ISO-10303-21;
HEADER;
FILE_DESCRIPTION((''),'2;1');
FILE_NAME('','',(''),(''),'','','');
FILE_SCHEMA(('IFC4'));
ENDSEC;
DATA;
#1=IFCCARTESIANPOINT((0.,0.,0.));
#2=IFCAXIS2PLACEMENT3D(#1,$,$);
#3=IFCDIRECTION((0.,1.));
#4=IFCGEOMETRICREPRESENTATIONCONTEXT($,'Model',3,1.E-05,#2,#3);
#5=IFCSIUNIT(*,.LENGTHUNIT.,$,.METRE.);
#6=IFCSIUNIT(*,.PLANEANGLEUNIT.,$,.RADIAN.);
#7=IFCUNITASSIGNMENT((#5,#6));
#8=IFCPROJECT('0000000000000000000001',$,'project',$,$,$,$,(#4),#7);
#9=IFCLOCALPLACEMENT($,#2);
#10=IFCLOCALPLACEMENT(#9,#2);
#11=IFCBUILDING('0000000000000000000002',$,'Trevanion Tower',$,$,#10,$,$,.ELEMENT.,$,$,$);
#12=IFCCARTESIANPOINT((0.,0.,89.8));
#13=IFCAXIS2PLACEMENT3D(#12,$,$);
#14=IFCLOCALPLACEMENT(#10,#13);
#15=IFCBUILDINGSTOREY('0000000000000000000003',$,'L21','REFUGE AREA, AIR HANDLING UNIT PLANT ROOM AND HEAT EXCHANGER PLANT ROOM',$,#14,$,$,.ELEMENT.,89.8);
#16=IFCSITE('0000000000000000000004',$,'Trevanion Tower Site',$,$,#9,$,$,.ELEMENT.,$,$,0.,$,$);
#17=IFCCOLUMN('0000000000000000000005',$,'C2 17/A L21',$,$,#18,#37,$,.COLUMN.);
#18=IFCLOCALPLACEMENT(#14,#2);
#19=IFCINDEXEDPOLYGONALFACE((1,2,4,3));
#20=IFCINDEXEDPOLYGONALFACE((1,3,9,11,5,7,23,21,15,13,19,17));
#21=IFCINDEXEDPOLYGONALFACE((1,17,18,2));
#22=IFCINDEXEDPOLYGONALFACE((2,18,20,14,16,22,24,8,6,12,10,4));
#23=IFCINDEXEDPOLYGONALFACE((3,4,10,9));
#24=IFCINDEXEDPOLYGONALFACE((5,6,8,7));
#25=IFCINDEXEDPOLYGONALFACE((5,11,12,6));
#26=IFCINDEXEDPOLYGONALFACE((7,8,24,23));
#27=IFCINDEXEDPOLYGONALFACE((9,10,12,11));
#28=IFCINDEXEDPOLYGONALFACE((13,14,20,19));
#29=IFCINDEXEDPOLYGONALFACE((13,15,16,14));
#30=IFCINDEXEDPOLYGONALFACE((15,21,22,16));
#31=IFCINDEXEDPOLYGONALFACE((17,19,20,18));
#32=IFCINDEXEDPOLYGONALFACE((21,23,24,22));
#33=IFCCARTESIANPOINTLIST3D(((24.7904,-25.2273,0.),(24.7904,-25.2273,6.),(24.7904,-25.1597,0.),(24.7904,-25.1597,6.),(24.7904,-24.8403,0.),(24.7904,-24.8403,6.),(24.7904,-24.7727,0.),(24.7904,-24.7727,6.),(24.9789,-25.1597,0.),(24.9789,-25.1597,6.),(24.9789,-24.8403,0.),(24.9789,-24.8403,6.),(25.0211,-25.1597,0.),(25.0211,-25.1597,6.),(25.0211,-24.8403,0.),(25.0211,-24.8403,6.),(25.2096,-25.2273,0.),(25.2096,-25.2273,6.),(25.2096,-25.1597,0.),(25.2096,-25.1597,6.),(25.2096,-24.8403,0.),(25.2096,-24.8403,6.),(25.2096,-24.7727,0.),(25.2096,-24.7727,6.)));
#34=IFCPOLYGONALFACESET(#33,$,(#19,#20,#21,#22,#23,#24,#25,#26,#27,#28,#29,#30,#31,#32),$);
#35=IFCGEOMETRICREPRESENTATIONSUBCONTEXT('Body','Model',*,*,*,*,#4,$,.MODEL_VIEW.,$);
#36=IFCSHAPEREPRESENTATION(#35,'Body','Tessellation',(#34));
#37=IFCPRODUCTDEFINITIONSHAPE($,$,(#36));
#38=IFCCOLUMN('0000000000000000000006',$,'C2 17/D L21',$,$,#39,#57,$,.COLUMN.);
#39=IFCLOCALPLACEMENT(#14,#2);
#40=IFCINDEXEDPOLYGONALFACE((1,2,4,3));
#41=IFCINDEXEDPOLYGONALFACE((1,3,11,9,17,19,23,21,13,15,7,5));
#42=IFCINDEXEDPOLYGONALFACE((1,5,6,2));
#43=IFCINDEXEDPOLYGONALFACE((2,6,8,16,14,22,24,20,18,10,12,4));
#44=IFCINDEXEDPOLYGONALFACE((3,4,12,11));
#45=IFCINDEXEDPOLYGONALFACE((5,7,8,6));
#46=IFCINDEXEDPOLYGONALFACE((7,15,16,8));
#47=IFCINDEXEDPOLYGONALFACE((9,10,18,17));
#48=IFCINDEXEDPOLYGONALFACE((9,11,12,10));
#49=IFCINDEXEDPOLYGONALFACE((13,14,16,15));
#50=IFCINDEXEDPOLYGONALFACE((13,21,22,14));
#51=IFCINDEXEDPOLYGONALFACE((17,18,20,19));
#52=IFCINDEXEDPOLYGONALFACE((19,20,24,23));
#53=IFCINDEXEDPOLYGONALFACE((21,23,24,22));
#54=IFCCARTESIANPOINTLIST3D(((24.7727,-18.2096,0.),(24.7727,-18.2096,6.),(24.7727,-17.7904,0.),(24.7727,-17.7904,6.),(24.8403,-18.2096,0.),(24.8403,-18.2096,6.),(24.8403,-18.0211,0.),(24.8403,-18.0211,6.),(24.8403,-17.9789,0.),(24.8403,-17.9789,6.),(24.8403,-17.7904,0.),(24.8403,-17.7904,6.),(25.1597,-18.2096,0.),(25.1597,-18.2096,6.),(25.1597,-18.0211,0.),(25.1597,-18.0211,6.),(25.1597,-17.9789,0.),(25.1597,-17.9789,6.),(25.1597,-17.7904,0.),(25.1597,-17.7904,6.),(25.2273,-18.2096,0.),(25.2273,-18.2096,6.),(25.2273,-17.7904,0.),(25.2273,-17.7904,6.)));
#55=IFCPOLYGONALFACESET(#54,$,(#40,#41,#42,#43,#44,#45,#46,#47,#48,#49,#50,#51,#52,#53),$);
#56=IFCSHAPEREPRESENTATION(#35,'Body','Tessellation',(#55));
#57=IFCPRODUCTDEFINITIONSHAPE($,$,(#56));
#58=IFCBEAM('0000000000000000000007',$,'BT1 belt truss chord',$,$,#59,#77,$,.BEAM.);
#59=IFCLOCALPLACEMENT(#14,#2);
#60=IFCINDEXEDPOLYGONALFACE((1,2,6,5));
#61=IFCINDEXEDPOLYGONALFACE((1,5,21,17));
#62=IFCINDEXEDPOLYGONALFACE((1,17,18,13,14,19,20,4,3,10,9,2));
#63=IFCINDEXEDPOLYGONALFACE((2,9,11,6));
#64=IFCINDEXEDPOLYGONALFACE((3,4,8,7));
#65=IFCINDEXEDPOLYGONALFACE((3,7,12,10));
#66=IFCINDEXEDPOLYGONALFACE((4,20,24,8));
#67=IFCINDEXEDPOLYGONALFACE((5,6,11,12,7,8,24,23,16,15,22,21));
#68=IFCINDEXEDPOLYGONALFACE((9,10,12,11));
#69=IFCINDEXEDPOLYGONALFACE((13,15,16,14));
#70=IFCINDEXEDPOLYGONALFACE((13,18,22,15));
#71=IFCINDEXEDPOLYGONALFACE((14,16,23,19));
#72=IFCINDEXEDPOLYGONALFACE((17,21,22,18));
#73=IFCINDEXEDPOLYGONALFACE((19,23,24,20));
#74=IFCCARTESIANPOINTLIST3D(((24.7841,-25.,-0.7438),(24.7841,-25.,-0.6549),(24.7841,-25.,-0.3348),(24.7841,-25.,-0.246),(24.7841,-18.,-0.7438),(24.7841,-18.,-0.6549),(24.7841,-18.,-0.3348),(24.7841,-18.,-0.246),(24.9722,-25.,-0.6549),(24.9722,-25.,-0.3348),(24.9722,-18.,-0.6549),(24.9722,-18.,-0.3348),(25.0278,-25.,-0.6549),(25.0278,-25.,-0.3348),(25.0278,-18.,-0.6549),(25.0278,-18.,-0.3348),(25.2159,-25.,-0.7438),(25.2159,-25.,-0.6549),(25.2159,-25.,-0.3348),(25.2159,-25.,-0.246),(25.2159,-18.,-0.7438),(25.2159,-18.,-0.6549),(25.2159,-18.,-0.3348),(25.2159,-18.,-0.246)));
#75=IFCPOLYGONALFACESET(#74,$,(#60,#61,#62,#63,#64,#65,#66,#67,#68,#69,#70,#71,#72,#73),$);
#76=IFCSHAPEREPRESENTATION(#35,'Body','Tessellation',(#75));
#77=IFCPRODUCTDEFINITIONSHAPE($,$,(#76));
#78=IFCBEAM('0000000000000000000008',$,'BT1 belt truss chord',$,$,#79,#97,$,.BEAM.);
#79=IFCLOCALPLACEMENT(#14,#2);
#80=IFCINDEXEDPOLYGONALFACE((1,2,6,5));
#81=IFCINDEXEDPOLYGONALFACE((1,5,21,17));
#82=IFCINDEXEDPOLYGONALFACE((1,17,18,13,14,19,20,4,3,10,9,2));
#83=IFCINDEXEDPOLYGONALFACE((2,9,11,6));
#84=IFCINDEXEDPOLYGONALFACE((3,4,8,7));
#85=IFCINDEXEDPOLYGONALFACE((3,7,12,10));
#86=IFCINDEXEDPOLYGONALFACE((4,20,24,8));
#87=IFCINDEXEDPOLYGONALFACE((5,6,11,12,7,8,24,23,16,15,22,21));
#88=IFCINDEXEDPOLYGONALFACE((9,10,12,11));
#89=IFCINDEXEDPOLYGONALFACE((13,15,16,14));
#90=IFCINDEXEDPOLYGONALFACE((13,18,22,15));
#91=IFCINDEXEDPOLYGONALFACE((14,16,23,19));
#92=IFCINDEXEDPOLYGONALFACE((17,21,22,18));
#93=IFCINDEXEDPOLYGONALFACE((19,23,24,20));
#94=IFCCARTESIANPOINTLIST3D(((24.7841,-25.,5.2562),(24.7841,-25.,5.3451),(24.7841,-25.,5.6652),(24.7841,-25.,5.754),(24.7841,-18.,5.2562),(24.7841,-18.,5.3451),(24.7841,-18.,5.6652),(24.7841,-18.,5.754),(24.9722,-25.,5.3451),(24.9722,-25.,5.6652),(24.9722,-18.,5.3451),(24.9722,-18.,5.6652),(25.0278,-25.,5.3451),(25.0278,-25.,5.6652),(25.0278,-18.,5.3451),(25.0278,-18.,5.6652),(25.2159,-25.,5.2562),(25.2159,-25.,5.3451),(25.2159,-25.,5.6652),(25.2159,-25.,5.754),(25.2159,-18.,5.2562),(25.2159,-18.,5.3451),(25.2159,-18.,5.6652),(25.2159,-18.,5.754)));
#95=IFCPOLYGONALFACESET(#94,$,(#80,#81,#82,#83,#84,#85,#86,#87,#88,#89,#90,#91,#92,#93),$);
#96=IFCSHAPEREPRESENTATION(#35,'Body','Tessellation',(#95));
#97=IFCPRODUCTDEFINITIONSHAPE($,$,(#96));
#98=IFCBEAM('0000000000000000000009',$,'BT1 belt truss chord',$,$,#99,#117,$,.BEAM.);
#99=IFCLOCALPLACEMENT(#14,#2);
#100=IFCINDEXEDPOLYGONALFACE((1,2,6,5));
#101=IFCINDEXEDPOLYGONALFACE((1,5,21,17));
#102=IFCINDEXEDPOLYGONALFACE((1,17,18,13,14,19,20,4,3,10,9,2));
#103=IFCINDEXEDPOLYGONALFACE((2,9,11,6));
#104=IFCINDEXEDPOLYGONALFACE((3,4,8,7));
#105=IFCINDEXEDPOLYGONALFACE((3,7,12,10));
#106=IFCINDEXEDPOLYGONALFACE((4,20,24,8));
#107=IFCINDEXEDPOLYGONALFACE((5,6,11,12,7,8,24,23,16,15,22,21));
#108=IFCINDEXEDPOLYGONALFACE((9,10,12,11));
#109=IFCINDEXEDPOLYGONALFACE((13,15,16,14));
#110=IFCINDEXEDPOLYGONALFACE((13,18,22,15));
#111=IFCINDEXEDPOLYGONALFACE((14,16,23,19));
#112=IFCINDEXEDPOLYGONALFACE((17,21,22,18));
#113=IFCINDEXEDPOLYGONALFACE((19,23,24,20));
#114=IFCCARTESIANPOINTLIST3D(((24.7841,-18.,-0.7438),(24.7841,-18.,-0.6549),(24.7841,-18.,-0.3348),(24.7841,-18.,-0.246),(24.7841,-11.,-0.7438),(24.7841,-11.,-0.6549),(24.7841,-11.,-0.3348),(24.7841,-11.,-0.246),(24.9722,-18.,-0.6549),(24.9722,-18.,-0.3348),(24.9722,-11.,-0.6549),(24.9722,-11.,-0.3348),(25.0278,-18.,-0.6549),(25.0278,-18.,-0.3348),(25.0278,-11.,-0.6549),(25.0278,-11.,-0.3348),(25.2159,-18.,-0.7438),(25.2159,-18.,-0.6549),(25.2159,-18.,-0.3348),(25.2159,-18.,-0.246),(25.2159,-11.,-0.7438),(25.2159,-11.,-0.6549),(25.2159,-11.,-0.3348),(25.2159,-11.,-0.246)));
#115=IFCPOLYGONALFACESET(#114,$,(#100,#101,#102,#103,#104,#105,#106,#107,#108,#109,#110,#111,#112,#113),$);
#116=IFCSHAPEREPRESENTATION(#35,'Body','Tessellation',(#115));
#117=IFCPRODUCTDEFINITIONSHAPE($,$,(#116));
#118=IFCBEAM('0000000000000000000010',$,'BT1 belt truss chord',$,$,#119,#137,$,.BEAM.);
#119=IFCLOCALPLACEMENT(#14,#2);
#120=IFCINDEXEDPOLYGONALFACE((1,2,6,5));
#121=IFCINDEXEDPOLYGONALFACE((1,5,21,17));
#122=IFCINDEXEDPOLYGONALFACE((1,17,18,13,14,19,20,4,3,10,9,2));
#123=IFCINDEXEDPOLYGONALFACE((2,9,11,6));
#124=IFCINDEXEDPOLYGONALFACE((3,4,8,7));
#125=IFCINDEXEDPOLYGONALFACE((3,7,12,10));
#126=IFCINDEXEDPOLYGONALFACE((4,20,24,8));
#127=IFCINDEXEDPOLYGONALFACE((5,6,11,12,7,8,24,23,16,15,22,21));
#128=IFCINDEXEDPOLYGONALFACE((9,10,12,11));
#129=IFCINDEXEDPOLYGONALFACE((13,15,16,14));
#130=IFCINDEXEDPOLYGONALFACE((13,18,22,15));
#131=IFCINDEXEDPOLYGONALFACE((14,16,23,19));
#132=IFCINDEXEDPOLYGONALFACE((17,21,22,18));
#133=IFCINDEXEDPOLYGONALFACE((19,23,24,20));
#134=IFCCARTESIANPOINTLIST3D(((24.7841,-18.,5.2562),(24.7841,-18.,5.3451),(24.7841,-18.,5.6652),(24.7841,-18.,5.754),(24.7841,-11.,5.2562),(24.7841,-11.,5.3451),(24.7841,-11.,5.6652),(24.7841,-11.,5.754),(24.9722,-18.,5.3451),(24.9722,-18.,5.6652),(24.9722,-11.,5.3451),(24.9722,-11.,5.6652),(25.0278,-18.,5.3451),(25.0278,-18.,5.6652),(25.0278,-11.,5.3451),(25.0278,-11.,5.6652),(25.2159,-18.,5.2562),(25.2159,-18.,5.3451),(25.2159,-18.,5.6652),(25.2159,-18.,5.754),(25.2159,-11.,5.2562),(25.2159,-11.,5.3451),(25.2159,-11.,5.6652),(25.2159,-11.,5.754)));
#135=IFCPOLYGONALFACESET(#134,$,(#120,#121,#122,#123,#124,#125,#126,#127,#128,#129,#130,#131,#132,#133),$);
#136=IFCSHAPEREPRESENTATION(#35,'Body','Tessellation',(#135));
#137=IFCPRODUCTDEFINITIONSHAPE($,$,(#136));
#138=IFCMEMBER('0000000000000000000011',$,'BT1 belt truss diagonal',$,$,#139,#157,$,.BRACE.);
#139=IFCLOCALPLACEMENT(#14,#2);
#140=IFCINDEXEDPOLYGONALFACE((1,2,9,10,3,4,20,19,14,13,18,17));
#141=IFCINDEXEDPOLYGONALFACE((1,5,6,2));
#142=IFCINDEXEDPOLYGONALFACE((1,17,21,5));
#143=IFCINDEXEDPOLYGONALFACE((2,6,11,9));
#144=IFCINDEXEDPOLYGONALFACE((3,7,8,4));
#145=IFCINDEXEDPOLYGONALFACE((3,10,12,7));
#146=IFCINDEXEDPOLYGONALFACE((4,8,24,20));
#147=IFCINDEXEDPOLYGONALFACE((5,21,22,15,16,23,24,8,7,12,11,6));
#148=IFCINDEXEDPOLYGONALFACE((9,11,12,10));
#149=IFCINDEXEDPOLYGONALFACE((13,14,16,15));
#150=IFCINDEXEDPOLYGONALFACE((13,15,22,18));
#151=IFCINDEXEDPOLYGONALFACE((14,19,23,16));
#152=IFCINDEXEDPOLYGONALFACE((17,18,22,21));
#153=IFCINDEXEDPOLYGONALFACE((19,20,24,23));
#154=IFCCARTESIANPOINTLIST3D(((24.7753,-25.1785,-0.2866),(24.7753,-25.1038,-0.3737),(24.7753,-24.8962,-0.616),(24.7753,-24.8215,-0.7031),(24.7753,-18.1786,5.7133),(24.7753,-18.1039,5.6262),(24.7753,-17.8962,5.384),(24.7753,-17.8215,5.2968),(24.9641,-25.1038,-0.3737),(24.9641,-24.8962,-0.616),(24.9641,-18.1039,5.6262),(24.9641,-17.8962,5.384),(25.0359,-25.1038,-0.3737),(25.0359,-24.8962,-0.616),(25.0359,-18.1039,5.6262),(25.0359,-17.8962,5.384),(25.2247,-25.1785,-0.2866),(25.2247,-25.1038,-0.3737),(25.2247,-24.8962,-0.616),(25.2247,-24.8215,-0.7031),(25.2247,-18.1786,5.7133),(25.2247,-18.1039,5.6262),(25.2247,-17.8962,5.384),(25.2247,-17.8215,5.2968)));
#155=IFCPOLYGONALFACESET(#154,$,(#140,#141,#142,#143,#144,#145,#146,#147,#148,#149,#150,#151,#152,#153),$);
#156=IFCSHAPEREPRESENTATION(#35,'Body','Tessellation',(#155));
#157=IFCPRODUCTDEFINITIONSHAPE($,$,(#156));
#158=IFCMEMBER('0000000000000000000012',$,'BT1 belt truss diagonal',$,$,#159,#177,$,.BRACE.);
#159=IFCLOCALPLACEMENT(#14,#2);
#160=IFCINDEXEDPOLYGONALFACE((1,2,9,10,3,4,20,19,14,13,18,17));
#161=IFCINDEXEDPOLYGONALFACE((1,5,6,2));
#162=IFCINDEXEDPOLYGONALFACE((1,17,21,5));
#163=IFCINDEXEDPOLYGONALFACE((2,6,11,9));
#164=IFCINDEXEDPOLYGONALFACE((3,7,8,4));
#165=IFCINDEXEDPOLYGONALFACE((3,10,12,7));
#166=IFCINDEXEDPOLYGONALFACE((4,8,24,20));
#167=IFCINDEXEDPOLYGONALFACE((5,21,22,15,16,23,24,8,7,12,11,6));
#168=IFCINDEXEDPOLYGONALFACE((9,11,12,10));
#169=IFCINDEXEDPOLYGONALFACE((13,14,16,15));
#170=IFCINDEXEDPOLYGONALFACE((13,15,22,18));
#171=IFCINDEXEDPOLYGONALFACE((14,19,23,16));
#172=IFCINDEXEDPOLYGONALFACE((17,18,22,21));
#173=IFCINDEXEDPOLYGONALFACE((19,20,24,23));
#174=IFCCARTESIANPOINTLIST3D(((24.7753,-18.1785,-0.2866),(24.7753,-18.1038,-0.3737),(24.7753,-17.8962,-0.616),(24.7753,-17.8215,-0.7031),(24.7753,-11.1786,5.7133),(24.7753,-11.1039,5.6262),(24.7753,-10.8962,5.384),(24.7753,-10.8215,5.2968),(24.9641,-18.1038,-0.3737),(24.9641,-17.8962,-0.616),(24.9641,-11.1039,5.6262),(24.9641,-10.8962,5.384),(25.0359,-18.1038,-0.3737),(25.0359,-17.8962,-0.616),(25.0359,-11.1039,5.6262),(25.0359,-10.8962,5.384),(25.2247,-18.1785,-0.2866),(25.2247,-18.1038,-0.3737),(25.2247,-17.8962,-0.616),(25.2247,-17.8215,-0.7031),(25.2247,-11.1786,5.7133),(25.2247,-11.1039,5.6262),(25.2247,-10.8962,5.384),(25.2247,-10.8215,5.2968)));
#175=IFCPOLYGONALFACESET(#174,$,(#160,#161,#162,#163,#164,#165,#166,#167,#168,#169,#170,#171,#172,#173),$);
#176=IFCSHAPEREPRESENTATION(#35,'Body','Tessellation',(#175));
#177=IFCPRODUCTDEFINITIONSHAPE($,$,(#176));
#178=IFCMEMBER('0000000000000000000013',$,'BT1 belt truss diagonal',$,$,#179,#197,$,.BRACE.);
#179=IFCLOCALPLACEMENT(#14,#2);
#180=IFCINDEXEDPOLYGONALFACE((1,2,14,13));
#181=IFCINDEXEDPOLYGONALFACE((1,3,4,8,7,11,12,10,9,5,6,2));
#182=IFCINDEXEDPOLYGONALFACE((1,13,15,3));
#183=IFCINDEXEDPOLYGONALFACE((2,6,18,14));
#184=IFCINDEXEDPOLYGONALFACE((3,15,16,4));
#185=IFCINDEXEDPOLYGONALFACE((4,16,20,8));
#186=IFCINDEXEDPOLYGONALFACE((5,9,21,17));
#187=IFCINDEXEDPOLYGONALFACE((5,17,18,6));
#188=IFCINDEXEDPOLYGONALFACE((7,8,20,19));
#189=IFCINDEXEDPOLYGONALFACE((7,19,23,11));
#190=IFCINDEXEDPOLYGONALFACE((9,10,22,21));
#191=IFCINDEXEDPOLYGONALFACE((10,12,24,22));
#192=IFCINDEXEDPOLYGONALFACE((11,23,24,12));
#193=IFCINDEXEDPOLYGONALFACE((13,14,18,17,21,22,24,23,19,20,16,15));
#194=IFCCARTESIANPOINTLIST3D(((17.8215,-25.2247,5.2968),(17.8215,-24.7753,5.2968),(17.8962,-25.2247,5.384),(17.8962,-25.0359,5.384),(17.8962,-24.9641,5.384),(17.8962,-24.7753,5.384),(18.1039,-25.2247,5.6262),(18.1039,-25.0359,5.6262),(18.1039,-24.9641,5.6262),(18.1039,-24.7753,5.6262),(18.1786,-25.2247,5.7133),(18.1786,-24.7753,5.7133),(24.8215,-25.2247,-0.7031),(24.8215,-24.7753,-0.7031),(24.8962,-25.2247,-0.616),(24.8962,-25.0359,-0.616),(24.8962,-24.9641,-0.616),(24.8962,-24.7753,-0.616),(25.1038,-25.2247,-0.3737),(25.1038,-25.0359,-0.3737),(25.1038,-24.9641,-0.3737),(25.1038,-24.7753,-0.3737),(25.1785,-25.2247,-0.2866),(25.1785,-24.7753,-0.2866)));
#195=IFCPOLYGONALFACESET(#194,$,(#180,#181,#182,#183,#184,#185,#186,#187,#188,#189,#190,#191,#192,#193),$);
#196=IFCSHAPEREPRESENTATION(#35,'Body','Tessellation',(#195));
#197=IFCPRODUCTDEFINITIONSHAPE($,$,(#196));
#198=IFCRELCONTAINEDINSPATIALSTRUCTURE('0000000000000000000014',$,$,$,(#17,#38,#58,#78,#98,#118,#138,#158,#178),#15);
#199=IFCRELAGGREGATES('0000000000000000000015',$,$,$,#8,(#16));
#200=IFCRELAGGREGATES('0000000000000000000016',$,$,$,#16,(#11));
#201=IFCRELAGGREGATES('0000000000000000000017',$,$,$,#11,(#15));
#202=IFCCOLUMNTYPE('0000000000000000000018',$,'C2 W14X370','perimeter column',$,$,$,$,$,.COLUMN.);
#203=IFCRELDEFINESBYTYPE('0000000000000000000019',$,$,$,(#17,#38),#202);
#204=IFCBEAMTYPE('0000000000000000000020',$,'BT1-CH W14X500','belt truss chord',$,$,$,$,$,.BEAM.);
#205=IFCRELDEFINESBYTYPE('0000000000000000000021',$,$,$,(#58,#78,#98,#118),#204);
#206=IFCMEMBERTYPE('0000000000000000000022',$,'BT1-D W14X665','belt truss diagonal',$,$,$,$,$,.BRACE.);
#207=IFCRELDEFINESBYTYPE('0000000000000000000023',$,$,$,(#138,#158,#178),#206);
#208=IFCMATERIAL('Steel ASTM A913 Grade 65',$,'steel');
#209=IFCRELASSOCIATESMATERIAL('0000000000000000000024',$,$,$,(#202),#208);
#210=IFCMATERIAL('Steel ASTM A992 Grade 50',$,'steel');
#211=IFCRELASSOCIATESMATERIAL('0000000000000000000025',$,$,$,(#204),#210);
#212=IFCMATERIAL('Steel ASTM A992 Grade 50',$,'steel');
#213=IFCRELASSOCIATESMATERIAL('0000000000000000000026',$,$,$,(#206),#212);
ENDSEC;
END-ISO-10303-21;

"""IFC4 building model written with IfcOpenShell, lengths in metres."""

from ifc_helpers import new_model, si_unit, direction, frame, origin, origin_2d, place, context, subcontext, project, spatial, i_section, extrude, material, material_profile, profile_set, type_object, element, save


model = new_model("IFC4")

# Units and contexts
model_context = context("Model", 3, precision=1e-05, world=origin(), true_north=direction((0.0, 1.0)))
body_context = subcontext(model_context, "Body", "Model", "MODEL_VIEW")
ifc_project = project(units=[si_unit("LENGTHUNIT", "METRE"), si_unit("PLANEANGLEUNIT", "RADIAN")], contexts=[model_context])

# Site, building, storey
site_placement = place(None, origin())
site = spatial("IfcSite", under=ifc_project, at=site_placement, Name="Trevanion Tower Site", CompositionType="ELEMENT", RefElevation=0.0)
building_placement = place(site_placement, origin())
building = spatial("IfcBuilding", under=site, at=building_placement, Name="Trevanion Tower", CompositionType="ELEMENT")
storey_placement = place(building_placement, frame((0.0, 0.0, 89.8)))
storey = spatial("IfcBuildingStorey", under=building, at=storey_placement, Name="L21", Description="REFUGE AREA, AIR HANDLING UNIT PLANT ROOM AND HEAT EXCHANGER PLANT ROOM", CompositionType="ELEMENT", Elevation=89.8)

# Columns
ifc_material_1 = material(Name="Steel ASTM A913 Grade 65", Category="steel")
ifc_material_profile_1 = material_profile(ifc_material_1, i_section(OverallWidth=0.4192, OverallDepth=0.4546, WebThickness=0.0422, FlangeThickness=0.0676, at=origin_2d()), Name="W14X370")
ifc_profile_set_1 = profile_set([ifc_material_profile_1], Name="Steel ASTM A913 Grade 65")
column_type = type_object("IfcColumnType", Name="C2 W14X370", Description="perimeter column", PredefinedType="COLUMN", material=ifc_profile_set_1)
for number, where, z_axis, x_axis, name in (
    (1, (25.0, -25.0, 0.0), (0.0, 0.0, 1.0), (1.0, 0.0, 0.0), "C2 17/A L21"),
    (2, (25.0, -18.0, 0.0), (0.0, 0.0, 1.0), (0.0, 1.0, 0.0), "C2 17/D L21"),
):
    element("IfcColumn", number, at=place(storey_placement, frame(where, z_axis=z_axis, x_axis=x_axis)), inside=storey, type_object=column_type, Name=name, PredefinedType="COLUMN", context=body_context, shape_type="SweptSolid", body=[
        extrude(i_section(OverallWidth=0.4192, OverallDepth=0.4546, WebThickness=0.0422, FlangeThickness=0.0676, at=origin_2d()), origin(), (0.0, 0.0, 1.0), 6.0),
    ])

# Beams
ifc_material_2 = material(Name="Steel ASTM A992 Grade 50", Category="steel")
ifc_material_profile_2 = material_profile(ifc_material_2, i_section(OverallWidth=0.4319, OverallDepth=0.4978, WebThickness=0.0557, FlangeThickness=0.0889, at=origin_2d()), Name="W14X500")
ifc_profile_set_2 = profile_set([ifc_material_profile_2], Name="Steel ASTM A992 Grade 50")
beam_type = type_object("IfcBeamType", Name="BT1-CH W14X500", Description="belt truss chord", PredefinedType="BEAM", material=ifc_profile_set_2)
for number, where, z_axis, x_axis, name in (
    (3, (25.0, -25.0, -0.4949), (0.0, 1.0, 0.0), (-1.0, 0.0, 0.0), "BT1 belt truss chord"),
    (4, (25.0, -25.0, 5.5051), (0.0, 1.0, 0.0), (-1.0, 0.0, 0.0), "BT1 belt truss chord"),
    (5, (25.0, -18.0, -0.4949), (0.0, 1.0, 0.0), (-1.0, 0.0, 0.0), "BT1 belt truss chord"),
    (6, (25.0, -18.0, 5.5051), (0.0, 1.0, 0.0), (-1.0, 0.0, 0.0), "BT1 belt truss chord"),
):
    element("IfcBeam", number, at=place(storey_placement, frame(where, z_axis=z_axis, x_axis=x_axis)), inside=storey, type_object=beam_type, Name=name, PredefinedType="BEAM", context=body_context, shape_type="SweptSolid", body=[
        extrude(i_section(OverallWidth=0.4319, OverallDepth=0.4978, WebThickness=0.0557, FlangeThickness=0.0889, at=origin_2d()), origin(), (0.0, 0.0, 1.0), 7.0),
    ])

# Members
ifc_material_3 = material(Name="Steel ASTM A992 Grade 50", Category="steel")
ifc_material_profile_3 = material_profile(ifc_material_3, i_section(OverallWidth=0.4495, OverallDepth=0.5486, WebThickness=0.0718, FlangeThickness=0.1147, at=origin_2d()), Name="W14X665")
ifc_profile_set_3 = profile_set([ifc_material_profile_3], Name="Steel ASTM A992 Grade 50")
member_type_1 = type_object("IfcMemberType", Name="BT1-D W14X665", Description="belt truss diagonal", PredefinedType="BRACE", material=ifc_profile_set_3)
for number, where, z_axis, x_axis, name in (
    (7, (25.0, -25.0, -0.4949), (0.0, 0.759257, 0.650791), (-1.0, 0.0, 0.0), "BT1 belt truss diagonal"),
    (8, (25.0, -18.0, -0.4949), (0.0, 0.759257, 0.650791), (-1.0, 0.0, 0.0), "BT1 belt truss diagonal"),
    (9, (25.0, -25.0, -0.4949), (-0.759257, 0.0, 0.650791), (0.0, -1.0, 0.0), "BT1 belt truss diagonal"),
):
    element("IfcMember", number, at=place(storey_placement, frame(where, z_axis=z_axis, x_axis=x_axis)), inside=storey, type_object=member_type_1, Name=name, PredefinedType="BRACE", context=body_context, shape_type="SweptSolid", body=[
        extrude(i_section(OverallWidth=0.4495, OverallDepth=0.5486, WebThickness=0.0718, FlangeThickness=0.1147, at=origin_2d()), origin(), (0.0, 0.0, 1.0), 9.2195),
    ])

save(model, "model.ifc")
